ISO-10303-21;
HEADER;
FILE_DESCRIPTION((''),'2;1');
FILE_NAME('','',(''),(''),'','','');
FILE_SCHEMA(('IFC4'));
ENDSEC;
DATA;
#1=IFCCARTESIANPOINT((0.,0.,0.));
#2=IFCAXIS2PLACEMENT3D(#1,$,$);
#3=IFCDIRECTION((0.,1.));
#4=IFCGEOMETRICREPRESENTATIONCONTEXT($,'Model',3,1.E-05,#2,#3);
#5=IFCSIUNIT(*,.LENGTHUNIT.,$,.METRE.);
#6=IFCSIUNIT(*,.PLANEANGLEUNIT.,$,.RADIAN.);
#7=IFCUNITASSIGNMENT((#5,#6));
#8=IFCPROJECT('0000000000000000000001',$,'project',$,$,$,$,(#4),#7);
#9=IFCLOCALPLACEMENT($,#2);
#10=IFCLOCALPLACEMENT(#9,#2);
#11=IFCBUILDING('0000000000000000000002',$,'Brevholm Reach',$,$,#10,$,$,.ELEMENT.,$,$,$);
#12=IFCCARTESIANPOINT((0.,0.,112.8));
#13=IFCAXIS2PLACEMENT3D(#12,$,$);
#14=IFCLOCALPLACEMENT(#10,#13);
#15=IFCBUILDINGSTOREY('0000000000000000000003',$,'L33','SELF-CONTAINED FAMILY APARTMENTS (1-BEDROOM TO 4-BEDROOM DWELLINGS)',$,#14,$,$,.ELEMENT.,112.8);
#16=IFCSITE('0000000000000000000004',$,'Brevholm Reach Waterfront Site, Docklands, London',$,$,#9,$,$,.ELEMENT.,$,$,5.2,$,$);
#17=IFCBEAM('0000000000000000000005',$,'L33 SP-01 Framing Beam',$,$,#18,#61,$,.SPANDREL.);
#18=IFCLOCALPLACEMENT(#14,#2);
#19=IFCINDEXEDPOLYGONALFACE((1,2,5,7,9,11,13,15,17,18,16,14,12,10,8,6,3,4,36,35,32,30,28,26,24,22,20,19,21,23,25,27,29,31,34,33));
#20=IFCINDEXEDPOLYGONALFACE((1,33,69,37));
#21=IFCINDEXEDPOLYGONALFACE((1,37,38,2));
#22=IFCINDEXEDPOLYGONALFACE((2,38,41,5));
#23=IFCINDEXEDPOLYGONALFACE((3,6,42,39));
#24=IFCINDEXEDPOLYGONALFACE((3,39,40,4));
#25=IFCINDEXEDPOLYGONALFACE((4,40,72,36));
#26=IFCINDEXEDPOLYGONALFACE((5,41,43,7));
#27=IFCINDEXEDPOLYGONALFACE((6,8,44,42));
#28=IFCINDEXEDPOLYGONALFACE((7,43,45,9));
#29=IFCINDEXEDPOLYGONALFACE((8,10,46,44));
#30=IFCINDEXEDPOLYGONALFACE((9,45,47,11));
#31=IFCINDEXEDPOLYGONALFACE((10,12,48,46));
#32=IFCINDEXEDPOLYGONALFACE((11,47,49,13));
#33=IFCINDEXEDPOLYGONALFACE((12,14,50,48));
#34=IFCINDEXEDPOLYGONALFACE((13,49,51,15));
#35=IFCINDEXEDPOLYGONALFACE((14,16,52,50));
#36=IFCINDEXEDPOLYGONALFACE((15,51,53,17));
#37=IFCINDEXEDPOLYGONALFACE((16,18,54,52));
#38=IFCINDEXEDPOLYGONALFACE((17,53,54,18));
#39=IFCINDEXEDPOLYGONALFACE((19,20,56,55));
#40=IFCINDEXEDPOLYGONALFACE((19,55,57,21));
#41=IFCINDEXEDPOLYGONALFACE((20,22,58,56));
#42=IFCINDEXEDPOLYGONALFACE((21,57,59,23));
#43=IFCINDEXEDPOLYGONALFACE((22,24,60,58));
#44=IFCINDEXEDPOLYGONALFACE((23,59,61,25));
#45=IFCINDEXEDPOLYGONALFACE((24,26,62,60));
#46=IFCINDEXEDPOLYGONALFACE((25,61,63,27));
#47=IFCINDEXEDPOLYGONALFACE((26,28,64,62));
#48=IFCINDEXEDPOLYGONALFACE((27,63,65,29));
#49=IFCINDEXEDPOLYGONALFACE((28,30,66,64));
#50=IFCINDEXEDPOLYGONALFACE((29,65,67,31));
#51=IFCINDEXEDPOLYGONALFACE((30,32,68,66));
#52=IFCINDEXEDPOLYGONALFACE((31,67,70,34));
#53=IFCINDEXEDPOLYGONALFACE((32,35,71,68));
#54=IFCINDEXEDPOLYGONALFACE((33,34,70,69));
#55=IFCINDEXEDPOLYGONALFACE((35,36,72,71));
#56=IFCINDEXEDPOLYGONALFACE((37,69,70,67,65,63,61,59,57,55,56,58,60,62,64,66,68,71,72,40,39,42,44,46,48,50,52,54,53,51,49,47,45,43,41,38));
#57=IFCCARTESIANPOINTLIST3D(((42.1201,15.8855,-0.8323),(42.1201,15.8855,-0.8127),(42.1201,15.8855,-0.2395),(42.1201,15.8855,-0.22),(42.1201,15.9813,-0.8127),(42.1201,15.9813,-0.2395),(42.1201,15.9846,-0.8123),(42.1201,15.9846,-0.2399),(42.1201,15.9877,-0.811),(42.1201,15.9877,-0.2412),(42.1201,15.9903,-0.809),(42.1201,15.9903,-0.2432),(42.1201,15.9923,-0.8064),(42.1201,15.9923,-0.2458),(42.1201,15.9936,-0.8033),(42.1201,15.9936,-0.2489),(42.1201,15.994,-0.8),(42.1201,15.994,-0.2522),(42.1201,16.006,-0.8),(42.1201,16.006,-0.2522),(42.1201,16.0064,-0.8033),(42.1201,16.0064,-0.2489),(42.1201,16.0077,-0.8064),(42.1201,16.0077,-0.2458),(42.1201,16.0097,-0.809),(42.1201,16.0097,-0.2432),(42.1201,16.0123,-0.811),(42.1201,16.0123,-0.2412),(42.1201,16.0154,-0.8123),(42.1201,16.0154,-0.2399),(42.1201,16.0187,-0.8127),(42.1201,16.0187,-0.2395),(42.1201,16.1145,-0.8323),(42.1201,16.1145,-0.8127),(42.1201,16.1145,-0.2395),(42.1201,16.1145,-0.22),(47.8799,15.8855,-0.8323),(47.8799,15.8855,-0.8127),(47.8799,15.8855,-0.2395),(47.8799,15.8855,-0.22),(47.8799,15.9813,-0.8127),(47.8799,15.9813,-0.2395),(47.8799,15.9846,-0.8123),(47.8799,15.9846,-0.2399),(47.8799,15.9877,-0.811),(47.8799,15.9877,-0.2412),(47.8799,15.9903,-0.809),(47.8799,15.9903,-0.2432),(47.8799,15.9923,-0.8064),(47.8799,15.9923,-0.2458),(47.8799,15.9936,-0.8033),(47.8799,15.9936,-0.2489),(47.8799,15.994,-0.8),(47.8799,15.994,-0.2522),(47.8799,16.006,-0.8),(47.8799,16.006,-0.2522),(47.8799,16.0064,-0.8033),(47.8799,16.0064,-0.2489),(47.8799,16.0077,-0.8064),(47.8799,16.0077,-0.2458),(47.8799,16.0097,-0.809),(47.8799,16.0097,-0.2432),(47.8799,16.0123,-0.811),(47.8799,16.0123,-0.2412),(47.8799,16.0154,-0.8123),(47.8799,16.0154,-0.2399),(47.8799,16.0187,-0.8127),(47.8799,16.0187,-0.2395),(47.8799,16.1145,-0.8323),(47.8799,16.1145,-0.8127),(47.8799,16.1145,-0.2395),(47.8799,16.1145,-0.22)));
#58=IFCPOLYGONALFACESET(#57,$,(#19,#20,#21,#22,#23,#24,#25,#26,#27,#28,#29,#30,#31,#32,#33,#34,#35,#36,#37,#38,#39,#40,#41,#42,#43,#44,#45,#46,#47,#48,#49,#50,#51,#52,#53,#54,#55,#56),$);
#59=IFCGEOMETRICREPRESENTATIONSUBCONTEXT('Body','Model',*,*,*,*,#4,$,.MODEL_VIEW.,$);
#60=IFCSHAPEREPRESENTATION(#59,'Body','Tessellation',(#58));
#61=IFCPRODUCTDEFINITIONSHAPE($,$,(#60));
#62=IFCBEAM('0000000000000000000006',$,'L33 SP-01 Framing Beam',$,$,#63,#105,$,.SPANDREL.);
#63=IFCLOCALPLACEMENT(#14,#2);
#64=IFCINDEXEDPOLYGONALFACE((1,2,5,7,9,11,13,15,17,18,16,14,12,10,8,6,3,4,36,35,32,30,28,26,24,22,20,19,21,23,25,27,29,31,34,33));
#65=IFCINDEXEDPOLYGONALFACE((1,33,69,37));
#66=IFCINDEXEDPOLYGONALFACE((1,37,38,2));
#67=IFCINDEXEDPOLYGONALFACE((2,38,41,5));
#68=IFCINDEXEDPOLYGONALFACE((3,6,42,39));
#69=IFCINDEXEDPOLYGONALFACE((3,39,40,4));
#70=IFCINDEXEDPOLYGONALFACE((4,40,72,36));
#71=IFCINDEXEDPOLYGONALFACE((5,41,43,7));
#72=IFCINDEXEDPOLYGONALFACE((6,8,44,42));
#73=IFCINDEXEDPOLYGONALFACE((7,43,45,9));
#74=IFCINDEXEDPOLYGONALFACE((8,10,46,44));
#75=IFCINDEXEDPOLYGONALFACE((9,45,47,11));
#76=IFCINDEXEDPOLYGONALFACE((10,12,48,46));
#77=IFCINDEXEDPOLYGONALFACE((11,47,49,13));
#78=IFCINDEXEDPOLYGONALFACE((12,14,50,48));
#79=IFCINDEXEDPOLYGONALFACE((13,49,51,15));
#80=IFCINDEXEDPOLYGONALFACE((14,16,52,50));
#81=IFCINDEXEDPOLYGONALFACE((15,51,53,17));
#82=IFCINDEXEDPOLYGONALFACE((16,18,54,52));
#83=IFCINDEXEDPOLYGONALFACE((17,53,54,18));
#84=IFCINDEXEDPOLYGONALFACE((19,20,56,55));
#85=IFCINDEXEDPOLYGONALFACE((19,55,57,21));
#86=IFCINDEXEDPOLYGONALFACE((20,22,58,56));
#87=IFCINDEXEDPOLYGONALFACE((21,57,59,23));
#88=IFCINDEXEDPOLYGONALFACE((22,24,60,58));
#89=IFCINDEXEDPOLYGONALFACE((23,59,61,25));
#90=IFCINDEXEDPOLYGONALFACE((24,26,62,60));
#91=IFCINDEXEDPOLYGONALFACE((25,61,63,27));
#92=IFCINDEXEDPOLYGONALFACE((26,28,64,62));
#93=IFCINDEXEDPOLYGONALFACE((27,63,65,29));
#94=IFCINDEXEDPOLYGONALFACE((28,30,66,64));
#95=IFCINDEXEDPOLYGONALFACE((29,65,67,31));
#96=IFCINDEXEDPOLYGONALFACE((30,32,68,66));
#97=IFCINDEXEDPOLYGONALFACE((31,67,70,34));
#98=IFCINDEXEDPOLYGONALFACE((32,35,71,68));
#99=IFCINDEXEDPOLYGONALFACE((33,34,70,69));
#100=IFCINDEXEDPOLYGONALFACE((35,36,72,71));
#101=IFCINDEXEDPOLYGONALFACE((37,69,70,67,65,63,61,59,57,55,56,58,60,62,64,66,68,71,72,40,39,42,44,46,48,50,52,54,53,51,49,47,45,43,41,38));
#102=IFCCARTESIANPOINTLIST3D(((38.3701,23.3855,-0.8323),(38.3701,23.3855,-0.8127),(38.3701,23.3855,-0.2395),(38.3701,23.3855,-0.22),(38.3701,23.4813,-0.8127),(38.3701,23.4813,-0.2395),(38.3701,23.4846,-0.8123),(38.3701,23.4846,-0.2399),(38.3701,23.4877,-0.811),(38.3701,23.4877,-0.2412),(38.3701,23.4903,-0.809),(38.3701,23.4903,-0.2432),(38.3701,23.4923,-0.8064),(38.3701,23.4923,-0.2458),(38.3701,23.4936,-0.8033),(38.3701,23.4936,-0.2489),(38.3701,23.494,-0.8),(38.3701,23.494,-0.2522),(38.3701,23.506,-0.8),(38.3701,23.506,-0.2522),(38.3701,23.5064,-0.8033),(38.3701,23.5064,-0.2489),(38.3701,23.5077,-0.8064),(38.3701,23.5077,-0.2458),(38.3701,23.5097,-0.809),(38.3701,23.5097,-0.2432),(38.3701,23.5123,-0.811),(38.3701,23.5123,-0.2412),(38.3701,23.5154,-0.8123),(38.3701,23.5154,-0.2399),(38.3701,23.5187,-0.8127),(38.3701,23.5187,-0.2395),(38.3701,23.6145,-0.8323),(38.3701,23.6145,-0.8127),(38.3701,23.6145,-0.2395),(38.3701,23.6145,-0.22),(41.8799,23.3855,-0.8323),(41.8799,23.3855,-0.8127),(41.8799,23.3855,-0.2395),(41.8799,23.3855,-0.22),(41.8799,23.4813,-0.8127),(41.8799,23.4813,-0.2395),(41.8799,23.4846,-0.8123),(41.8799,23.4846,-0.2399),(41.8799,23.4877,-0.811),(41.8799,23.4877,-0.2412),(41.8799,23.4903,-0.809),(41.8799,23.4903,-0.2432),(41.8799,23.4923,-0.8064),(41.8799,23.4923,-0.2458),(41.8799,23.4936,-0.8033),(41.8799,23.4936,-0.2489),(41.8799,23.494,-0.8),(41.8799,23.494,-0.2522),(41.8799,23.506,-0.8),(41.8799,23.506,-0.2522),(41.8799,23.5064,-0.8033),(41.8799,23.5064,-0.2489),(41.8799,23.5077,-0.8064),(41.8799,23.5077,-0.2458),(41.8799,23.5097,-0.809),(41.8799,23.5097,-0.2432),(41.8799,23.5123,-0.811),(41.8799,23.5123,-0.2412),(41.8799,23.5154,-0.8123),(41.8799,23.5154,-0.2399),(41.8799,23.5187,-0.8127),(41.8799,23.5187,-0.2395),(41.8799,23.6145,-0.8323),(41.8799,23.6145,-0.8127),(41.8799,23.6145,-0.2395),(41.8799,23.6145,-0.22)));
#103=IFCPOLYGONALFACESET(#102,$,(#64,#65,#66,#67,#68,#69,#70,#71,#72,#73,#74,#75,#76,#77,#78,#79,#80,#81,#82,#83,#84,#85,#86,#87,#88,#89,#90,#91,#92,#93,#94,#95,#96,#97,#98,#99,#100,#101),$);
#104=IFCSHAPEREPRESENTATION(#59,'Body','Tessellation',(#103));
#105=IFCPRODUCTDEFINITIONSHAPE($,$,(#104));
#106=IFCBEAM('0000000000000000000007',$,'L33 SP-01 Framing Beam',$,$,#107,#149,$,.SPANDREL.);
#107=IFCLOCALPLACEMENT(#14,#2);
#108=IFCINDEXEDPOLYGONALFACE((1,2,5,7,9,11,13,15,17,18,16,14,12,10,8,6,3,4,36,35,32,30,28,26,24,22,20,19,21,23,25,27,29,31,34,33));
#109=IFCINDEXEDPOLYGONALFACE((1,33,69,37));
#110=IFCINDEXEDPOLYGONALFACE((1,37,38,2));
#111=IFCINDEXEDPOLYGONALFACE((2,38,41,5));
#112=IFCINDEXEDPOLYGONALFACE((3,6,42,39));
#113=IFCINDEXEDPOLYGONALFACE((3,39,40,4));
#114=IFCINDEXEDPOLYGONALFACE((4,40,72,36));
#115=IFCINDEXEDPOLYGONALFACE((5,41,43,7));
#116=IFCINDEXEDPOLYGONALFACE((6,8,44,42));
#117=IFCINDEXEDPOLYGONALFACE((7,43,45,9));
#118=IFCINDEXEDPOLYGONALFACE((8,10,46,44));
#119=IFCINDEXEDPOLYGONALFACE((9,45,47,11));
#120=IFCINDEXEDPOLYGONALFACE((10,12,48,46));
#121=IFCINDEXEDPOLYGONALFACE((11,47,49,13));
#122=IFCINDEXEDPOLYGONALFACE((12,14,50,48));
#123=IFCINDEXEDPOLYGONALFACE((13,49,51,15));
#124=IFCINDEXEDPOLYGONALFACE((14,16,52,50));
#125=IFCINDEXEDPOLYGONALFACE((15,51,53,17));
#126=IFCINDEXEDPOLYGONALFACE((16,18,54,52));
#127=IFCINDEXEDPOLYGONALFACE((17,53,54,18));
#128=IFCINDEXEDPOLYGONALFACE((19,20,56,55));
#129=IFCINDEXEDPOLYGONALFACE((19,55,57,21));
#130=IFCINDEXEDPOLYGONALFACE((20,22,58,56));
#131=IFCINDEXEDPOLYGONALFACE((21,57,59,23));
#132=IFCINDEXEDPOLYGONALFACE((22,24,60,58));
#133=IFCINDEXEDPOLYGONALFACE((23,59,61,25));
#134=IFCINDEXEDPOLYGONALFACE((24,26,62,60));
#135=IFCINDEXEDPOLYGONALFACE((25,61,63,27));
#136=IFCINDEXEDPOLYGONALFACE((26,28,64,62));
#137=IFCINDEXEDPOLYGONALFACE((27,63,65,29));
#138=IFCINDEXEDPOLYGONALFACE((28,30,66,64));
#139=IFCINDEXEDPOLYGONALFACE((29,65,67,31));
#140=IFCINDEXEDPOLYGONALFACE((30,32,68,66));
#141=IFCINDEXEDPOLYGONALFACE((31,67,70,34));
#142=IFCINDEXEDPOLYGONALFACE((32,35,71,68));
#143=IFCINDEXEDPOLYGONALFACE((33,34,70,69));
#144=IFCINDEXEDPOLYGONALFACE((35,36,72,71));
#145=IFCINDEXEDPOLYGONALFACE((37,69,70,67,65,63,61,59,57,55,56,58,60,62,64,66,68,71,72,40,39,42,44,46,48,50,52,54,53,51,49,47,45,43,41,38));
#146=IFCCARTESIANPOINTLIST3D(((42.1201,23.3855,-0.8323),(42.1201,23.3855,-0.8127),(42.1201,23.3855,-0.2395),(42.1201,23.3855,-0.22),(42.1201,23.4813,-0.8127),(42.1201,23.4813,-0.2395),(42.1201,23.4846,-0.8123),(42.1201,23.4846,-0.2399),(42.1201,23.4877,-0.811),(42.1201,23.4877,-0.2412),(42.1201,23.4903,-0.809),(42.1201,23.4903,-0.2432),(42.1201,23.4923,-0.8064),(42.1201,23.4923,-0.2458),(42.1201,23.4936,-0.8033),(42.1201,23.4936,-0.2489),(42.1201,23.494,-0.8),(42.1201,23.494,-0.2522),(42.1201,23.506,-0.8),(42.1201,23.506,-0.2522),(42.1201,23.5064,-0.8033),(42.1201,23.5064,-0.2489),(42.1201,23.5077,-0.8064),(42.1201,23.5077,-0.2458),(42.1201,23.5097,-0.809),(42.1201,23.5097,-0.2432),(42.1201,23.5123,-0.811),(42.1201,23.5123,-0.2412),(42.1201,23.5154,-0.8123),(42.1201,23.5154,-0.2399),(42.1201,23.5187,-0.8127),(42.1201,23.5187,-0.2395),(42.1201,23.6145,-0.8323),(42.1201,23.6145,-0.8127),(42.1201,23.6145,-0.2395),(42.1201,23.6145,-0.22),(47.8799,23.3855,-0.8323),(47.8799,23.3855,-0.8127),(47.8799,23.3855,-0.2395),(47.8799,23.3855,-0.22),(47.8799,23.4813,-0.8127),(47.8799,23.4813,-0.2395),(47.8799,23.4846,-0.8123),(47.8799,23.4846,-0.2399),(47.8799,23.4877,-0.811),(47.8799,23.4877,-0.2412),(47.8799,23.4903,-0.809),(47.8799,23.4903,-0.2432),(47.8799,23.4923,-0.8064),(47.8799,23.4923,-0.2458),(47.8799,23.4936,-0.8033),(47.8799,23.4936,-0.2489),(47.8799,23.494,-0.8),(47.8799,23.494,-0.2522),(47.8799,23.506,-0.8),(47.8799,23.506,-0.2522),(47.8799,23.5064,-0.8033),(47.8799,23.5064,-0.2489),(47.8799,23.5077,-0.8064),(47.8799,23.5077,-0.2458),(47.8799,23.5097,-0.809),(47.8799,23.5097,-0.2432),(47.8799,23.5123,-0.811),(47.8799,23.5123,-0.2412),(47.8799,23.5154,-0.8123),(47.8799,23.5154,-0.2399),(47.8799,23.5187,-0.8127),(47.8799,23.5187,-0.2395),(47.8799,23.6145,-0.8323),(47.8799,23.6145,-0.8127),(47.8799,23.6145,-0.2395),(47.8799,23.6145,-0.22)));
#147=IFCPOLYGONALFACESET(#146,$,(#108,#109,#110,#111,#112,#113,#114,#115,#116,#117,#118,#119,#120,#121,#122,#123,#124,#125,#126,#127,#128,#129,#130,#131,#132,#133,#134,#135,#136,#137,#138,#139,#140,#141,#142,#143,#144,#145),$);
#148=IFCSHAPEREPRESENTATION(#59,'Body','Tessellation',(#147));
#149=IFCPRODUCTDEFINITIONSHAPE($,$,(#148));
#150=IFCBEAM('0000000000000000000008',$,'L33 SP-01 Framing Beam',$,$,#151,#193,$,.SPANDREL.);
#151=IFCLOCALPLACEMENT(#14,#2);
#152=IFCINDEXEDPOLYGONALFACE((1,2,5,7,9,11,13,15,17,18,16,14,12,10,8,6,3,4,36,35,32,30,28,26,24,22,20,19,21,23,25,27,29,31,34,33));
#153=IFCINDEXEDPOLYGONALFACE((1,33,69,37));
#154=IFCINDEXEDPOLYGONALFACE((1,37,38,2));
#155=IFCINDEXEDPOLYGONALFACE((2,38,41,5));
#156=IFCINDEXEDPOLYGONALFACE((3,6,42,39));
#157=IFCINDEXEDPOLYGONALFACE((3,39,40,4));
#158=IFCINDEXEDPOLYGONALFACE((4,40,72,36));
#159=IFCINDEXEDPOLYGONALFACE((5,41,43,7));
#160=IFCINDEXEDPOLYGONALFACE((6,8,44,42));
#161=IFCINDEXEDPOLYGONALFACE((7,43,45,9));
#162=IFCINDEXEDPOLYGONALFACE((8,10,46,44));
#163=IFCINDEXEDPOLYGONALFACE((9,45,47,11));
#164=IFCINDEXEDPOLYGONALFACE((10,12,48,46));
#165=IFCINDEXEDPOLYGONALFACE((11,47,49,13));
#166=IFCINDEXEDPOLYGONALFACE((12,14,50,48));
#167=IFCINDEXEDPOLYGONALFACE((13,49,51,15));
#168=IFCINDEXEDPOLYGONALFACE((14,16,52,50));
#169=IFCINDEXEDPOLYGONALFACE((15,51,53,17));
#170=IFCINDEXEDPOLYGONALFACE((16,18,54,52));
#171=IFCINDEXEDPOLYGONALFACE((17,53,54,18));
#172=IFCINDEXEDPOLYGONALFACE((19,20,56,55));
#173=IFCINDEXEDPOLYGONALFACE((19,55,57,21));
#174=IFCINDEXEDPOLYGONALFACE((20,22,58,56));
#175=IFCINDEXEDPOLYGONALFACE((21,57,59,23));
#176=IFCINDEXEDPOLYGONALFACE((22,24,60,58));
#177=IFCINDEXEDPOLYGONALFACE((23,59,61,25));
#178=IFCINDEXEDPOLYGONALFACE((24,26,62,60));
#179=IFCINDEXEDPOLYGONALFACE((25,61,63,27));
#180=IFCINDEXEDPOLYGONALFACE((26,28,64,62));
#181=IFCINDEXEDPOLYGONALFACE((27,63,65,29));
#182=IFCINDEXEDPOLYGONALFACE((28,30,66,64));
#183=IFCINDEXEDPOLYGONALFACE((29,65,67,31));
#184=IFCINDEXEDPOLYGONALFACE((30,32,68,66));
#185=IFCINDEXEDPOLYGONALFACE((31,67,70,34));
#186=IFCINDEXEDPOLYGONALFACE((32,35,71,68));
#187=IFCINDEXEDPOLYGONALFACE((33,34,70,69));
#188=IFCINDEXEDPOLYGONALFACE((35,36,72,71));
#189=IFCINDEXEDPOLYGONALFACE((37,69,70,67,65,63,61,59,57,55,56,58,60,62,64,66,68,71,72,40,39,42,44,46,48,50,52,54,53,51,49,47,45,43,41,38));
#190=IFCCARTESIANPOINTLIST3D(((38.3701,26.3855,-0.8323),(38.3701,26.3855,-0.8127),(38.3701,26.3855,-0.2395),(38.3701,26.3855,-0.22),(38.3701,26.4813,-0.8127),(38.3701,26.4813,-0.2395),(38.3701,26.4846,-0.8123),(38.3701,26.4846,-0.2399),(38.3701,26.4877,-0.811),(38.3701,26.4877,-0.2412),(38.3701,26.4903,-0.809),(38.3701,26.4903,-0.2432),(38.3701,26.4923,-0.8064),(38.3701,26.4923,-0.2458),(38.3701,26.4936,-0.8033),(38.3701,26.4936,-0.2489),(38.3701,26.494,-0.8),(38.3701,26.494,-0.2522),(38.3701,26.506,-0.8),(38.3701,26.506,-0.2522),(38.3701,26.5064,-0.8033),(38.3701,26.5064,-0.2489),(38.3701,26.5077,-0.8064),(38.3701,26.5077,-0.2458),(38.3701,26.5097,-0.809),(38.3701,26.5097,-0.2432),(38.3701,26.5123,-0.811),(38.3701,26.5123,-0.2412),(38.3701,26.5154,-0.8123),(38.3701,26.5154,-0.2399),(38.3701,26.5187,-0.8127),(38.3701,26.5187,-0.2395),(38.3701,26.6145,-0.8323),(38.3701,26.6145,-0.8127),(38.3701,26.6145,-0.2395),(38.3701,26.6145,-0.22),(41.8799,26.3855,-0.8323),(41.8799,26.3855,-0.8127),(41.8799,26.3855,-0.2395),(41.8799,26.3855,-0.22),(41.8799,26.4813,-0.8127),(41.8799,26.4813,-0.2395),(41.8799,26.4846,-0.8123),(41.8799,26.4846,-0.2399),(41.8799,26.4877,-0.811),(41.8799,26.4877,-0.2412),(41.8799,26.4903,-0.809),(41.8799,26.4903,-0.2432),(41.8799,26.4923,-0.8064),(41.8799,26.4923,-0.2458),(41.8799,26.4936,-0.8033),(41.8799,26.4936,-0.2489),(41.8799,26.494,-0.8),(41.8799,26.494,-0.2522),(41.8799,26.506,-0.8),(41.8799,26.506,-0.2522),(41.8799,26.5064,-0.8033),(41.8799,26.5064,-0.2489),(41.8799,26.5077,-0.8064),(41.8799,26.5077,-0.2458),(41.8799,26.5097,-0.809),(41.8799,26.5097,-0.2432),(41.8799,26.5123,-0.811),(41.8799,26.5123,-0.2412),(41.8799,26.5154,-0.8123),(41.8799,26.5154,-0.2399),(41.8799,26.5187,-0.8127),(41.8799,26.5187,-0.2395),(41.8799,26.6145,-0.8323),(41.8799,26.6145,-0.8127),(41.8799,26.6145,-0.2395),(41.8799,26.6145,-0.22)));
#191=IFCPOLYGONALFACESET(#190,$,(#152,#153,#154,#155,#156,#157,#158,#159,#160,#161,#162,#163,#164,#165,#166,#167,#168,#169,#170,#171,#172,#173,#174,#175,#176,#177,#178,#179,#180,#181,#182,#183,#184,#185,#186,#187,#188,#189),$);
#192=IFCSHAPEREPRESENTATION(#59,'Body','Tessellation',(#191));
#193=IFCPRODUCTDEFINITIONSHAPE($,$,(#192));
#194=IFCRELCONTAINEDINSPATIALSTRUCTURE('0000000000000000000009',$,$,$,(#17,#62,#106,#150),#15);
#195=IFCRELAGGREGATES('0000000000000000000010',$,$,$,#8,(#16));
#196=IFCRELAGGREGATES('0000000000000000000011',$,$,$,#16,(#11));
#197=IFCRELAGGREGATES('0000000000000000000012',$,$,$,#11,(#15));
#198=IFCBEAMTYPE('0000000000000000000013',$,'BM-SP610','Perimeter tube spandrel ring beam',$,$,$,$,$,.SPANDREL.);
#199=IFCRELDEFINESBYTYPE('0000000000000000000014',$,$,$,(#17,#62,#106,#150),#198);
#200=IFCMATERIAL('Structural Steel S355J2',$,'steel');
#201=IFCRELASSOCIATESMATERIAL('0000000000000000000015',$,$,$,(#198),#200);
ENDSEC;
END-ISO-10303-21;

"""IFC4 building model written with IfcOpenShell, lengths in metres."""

from ifc_helpers import new_model, si_unit, direction, frame, origin, origin_2d, place, context, subcontext, project, spatial, i_section, extrude, material, material_profile, profile_set, type_object, element, save


model = new_model("IFC4")

# Units and contexts
model_context = context("Model", 3, precision=1e-05, world=origin(), true_north=direction((0.0, 1.0)))
body_context = subcontext(model_context, "Body", "Model", "MODEL_VIEW")
ifc_project = project(units=[si_unit("LENGTHUNIT", "METRE"), si_unit("PLANEANGLEUNIT", "RADIAN")], contexts=[model_context])

# Site, building, storey
site_placement = place(None, origin())
site = spatial("IfcSite", under=ifc_project, at=site_placement, Name="Brevholm Reach Waterfront Site, Docklands, London", CompositionType="ELEMENT", RefElevation=5.2)
building_placement = place(site_placement, origin())
building = spatial("IfcBuilding", under=site, at=building_placement, Name="Brevholm Reach", CompositionType="ELEMENT")
storey_placement = place(building_placement, frame((0.0, 0.0, 112.8)))
storey = spatial("IfcBuildingStorey", under=building, at=storey_placement, Name="L33", Description="SELF-CONTAINED FAMILY APARTMENTS (1-BEDROOM TO 4-BEDROOM DWELLINGS)", CompositionType="ELEMENT", Elevation=112.8)

# Beams
ifc_material_1 = material(Name="Structural Steel S355J2", Category="steel")
ifc_material_profile_1 = material_profile(ifc_material_1, i_section(OverallWidth=0.229, OverallDepth=0.6123, WebThickness=0.012, FlangeThickness=0.0195, FilletRadius=0.0127, at=origin_2d()), Name="UKB 610x229x125")
ifc_profile_set_1 = profile_set([ifc_material_profile_1], Name="Structural Steel S355J2")
beam_type_1 = type_object("IfcBeamType", Name="BM-SP610", Description="Perimeter tube spandrel ring beam", PredefinedType="SPANDREL", material=ifc_profile_set_1)
beam_1_placement = place(storey_placement, frame((42.1201, 16.0, -0.5261), z_axis=(1.0, 0.0, 0.0), x_axis=(0.0, 1.0, 0.0)))
element("IfcBeam", 1, at=beam_1_placement, inside=storey, type_object=beam_type_1, Name="L33 SP-01 Framing Beam", PredefinedType="SPANDREL", context=body_context, shape_type="SweptSolid", body=[
    extrude(i_section(OverallWidth=0.229, OverallDepth=0.6123, WebThickness=0.012, FlangeThickness=0.0195, FilletRadius=0.0127, at=origin_2d()), origin(), (0.0, 0.0, 1.0), 5.7598),
])
beam_2_placement = place(storey_placement, frame((38.3701, 23.5, -0.5261), z_axis=(1.0, 0.0, 0.0), x_axis=(0.0, 1.0, 0.0)))
element("IfcBeam", 2, at=beam_2_placement, inside=storey, type_object=beam_type_1, Name="L33 SP-01 Framing Beam", PredefinedType="SPANDREL", context=body_context, shape_type="SweptSolid", body=[
    extrude(i_section(OverallWidth=0.229, OverallDepth=0.6123, WebThickness=0.012, FlangeThickness=0.0195, FilletRadius=0.0127, at=origin_2d()), origin(), (0.0, 0.0, 1.0), 3.5098),
])
beam_3_placement = place(storey_placement, frame((42.1201, 23.5, -0.5261), z_axis=(1.0, 0.0, 0.0), x_axis=(0.0, 1.0, 0.0)))
element("IfcBeam", 3, at=beam_3_placement, inside=storey, type_object=beam_type_1, Name="L33 SP-01 Framing Beam", PredefinedType="SPANDREL", context=body_context, shape_type="SweptSolid", body=[
    extrude(i_section(OverallWidth=0.229, OverallDepth=0.6123, WebThickness=0.012, FlangeThickness=0.0195, FilletRadius=0.0127, at=origin_2d()), origin(), (0.0, 0.0, 1.0), 5.7598),
])
beam_4_placement = place(storey_placement, frame((38.3701, 26.5, -0.5261), z_axis=(1.0, 0.0, 0.0), x_axis=(0.0, 1.0, 0.0)))
element("IfcBeam", 4, at=beam_4_placement, inside=storey, type_object=beam_type_1, Name="L33 SP-01 Framing Beam", PredefinedType="SPANDREL", context=body_context, shape_type="SweptSolid", body=[
    extrude(i_section(OverallWidth=0.229, OverallDepth=0.6123, WebThickness=0.012, FlangeThickness=0.0195, FilletRadius=0.0127, at=origin_2d()), origin(), (0.0, 0.0, 1.0), 3.5098),
])

save(model, "model.ifc")
